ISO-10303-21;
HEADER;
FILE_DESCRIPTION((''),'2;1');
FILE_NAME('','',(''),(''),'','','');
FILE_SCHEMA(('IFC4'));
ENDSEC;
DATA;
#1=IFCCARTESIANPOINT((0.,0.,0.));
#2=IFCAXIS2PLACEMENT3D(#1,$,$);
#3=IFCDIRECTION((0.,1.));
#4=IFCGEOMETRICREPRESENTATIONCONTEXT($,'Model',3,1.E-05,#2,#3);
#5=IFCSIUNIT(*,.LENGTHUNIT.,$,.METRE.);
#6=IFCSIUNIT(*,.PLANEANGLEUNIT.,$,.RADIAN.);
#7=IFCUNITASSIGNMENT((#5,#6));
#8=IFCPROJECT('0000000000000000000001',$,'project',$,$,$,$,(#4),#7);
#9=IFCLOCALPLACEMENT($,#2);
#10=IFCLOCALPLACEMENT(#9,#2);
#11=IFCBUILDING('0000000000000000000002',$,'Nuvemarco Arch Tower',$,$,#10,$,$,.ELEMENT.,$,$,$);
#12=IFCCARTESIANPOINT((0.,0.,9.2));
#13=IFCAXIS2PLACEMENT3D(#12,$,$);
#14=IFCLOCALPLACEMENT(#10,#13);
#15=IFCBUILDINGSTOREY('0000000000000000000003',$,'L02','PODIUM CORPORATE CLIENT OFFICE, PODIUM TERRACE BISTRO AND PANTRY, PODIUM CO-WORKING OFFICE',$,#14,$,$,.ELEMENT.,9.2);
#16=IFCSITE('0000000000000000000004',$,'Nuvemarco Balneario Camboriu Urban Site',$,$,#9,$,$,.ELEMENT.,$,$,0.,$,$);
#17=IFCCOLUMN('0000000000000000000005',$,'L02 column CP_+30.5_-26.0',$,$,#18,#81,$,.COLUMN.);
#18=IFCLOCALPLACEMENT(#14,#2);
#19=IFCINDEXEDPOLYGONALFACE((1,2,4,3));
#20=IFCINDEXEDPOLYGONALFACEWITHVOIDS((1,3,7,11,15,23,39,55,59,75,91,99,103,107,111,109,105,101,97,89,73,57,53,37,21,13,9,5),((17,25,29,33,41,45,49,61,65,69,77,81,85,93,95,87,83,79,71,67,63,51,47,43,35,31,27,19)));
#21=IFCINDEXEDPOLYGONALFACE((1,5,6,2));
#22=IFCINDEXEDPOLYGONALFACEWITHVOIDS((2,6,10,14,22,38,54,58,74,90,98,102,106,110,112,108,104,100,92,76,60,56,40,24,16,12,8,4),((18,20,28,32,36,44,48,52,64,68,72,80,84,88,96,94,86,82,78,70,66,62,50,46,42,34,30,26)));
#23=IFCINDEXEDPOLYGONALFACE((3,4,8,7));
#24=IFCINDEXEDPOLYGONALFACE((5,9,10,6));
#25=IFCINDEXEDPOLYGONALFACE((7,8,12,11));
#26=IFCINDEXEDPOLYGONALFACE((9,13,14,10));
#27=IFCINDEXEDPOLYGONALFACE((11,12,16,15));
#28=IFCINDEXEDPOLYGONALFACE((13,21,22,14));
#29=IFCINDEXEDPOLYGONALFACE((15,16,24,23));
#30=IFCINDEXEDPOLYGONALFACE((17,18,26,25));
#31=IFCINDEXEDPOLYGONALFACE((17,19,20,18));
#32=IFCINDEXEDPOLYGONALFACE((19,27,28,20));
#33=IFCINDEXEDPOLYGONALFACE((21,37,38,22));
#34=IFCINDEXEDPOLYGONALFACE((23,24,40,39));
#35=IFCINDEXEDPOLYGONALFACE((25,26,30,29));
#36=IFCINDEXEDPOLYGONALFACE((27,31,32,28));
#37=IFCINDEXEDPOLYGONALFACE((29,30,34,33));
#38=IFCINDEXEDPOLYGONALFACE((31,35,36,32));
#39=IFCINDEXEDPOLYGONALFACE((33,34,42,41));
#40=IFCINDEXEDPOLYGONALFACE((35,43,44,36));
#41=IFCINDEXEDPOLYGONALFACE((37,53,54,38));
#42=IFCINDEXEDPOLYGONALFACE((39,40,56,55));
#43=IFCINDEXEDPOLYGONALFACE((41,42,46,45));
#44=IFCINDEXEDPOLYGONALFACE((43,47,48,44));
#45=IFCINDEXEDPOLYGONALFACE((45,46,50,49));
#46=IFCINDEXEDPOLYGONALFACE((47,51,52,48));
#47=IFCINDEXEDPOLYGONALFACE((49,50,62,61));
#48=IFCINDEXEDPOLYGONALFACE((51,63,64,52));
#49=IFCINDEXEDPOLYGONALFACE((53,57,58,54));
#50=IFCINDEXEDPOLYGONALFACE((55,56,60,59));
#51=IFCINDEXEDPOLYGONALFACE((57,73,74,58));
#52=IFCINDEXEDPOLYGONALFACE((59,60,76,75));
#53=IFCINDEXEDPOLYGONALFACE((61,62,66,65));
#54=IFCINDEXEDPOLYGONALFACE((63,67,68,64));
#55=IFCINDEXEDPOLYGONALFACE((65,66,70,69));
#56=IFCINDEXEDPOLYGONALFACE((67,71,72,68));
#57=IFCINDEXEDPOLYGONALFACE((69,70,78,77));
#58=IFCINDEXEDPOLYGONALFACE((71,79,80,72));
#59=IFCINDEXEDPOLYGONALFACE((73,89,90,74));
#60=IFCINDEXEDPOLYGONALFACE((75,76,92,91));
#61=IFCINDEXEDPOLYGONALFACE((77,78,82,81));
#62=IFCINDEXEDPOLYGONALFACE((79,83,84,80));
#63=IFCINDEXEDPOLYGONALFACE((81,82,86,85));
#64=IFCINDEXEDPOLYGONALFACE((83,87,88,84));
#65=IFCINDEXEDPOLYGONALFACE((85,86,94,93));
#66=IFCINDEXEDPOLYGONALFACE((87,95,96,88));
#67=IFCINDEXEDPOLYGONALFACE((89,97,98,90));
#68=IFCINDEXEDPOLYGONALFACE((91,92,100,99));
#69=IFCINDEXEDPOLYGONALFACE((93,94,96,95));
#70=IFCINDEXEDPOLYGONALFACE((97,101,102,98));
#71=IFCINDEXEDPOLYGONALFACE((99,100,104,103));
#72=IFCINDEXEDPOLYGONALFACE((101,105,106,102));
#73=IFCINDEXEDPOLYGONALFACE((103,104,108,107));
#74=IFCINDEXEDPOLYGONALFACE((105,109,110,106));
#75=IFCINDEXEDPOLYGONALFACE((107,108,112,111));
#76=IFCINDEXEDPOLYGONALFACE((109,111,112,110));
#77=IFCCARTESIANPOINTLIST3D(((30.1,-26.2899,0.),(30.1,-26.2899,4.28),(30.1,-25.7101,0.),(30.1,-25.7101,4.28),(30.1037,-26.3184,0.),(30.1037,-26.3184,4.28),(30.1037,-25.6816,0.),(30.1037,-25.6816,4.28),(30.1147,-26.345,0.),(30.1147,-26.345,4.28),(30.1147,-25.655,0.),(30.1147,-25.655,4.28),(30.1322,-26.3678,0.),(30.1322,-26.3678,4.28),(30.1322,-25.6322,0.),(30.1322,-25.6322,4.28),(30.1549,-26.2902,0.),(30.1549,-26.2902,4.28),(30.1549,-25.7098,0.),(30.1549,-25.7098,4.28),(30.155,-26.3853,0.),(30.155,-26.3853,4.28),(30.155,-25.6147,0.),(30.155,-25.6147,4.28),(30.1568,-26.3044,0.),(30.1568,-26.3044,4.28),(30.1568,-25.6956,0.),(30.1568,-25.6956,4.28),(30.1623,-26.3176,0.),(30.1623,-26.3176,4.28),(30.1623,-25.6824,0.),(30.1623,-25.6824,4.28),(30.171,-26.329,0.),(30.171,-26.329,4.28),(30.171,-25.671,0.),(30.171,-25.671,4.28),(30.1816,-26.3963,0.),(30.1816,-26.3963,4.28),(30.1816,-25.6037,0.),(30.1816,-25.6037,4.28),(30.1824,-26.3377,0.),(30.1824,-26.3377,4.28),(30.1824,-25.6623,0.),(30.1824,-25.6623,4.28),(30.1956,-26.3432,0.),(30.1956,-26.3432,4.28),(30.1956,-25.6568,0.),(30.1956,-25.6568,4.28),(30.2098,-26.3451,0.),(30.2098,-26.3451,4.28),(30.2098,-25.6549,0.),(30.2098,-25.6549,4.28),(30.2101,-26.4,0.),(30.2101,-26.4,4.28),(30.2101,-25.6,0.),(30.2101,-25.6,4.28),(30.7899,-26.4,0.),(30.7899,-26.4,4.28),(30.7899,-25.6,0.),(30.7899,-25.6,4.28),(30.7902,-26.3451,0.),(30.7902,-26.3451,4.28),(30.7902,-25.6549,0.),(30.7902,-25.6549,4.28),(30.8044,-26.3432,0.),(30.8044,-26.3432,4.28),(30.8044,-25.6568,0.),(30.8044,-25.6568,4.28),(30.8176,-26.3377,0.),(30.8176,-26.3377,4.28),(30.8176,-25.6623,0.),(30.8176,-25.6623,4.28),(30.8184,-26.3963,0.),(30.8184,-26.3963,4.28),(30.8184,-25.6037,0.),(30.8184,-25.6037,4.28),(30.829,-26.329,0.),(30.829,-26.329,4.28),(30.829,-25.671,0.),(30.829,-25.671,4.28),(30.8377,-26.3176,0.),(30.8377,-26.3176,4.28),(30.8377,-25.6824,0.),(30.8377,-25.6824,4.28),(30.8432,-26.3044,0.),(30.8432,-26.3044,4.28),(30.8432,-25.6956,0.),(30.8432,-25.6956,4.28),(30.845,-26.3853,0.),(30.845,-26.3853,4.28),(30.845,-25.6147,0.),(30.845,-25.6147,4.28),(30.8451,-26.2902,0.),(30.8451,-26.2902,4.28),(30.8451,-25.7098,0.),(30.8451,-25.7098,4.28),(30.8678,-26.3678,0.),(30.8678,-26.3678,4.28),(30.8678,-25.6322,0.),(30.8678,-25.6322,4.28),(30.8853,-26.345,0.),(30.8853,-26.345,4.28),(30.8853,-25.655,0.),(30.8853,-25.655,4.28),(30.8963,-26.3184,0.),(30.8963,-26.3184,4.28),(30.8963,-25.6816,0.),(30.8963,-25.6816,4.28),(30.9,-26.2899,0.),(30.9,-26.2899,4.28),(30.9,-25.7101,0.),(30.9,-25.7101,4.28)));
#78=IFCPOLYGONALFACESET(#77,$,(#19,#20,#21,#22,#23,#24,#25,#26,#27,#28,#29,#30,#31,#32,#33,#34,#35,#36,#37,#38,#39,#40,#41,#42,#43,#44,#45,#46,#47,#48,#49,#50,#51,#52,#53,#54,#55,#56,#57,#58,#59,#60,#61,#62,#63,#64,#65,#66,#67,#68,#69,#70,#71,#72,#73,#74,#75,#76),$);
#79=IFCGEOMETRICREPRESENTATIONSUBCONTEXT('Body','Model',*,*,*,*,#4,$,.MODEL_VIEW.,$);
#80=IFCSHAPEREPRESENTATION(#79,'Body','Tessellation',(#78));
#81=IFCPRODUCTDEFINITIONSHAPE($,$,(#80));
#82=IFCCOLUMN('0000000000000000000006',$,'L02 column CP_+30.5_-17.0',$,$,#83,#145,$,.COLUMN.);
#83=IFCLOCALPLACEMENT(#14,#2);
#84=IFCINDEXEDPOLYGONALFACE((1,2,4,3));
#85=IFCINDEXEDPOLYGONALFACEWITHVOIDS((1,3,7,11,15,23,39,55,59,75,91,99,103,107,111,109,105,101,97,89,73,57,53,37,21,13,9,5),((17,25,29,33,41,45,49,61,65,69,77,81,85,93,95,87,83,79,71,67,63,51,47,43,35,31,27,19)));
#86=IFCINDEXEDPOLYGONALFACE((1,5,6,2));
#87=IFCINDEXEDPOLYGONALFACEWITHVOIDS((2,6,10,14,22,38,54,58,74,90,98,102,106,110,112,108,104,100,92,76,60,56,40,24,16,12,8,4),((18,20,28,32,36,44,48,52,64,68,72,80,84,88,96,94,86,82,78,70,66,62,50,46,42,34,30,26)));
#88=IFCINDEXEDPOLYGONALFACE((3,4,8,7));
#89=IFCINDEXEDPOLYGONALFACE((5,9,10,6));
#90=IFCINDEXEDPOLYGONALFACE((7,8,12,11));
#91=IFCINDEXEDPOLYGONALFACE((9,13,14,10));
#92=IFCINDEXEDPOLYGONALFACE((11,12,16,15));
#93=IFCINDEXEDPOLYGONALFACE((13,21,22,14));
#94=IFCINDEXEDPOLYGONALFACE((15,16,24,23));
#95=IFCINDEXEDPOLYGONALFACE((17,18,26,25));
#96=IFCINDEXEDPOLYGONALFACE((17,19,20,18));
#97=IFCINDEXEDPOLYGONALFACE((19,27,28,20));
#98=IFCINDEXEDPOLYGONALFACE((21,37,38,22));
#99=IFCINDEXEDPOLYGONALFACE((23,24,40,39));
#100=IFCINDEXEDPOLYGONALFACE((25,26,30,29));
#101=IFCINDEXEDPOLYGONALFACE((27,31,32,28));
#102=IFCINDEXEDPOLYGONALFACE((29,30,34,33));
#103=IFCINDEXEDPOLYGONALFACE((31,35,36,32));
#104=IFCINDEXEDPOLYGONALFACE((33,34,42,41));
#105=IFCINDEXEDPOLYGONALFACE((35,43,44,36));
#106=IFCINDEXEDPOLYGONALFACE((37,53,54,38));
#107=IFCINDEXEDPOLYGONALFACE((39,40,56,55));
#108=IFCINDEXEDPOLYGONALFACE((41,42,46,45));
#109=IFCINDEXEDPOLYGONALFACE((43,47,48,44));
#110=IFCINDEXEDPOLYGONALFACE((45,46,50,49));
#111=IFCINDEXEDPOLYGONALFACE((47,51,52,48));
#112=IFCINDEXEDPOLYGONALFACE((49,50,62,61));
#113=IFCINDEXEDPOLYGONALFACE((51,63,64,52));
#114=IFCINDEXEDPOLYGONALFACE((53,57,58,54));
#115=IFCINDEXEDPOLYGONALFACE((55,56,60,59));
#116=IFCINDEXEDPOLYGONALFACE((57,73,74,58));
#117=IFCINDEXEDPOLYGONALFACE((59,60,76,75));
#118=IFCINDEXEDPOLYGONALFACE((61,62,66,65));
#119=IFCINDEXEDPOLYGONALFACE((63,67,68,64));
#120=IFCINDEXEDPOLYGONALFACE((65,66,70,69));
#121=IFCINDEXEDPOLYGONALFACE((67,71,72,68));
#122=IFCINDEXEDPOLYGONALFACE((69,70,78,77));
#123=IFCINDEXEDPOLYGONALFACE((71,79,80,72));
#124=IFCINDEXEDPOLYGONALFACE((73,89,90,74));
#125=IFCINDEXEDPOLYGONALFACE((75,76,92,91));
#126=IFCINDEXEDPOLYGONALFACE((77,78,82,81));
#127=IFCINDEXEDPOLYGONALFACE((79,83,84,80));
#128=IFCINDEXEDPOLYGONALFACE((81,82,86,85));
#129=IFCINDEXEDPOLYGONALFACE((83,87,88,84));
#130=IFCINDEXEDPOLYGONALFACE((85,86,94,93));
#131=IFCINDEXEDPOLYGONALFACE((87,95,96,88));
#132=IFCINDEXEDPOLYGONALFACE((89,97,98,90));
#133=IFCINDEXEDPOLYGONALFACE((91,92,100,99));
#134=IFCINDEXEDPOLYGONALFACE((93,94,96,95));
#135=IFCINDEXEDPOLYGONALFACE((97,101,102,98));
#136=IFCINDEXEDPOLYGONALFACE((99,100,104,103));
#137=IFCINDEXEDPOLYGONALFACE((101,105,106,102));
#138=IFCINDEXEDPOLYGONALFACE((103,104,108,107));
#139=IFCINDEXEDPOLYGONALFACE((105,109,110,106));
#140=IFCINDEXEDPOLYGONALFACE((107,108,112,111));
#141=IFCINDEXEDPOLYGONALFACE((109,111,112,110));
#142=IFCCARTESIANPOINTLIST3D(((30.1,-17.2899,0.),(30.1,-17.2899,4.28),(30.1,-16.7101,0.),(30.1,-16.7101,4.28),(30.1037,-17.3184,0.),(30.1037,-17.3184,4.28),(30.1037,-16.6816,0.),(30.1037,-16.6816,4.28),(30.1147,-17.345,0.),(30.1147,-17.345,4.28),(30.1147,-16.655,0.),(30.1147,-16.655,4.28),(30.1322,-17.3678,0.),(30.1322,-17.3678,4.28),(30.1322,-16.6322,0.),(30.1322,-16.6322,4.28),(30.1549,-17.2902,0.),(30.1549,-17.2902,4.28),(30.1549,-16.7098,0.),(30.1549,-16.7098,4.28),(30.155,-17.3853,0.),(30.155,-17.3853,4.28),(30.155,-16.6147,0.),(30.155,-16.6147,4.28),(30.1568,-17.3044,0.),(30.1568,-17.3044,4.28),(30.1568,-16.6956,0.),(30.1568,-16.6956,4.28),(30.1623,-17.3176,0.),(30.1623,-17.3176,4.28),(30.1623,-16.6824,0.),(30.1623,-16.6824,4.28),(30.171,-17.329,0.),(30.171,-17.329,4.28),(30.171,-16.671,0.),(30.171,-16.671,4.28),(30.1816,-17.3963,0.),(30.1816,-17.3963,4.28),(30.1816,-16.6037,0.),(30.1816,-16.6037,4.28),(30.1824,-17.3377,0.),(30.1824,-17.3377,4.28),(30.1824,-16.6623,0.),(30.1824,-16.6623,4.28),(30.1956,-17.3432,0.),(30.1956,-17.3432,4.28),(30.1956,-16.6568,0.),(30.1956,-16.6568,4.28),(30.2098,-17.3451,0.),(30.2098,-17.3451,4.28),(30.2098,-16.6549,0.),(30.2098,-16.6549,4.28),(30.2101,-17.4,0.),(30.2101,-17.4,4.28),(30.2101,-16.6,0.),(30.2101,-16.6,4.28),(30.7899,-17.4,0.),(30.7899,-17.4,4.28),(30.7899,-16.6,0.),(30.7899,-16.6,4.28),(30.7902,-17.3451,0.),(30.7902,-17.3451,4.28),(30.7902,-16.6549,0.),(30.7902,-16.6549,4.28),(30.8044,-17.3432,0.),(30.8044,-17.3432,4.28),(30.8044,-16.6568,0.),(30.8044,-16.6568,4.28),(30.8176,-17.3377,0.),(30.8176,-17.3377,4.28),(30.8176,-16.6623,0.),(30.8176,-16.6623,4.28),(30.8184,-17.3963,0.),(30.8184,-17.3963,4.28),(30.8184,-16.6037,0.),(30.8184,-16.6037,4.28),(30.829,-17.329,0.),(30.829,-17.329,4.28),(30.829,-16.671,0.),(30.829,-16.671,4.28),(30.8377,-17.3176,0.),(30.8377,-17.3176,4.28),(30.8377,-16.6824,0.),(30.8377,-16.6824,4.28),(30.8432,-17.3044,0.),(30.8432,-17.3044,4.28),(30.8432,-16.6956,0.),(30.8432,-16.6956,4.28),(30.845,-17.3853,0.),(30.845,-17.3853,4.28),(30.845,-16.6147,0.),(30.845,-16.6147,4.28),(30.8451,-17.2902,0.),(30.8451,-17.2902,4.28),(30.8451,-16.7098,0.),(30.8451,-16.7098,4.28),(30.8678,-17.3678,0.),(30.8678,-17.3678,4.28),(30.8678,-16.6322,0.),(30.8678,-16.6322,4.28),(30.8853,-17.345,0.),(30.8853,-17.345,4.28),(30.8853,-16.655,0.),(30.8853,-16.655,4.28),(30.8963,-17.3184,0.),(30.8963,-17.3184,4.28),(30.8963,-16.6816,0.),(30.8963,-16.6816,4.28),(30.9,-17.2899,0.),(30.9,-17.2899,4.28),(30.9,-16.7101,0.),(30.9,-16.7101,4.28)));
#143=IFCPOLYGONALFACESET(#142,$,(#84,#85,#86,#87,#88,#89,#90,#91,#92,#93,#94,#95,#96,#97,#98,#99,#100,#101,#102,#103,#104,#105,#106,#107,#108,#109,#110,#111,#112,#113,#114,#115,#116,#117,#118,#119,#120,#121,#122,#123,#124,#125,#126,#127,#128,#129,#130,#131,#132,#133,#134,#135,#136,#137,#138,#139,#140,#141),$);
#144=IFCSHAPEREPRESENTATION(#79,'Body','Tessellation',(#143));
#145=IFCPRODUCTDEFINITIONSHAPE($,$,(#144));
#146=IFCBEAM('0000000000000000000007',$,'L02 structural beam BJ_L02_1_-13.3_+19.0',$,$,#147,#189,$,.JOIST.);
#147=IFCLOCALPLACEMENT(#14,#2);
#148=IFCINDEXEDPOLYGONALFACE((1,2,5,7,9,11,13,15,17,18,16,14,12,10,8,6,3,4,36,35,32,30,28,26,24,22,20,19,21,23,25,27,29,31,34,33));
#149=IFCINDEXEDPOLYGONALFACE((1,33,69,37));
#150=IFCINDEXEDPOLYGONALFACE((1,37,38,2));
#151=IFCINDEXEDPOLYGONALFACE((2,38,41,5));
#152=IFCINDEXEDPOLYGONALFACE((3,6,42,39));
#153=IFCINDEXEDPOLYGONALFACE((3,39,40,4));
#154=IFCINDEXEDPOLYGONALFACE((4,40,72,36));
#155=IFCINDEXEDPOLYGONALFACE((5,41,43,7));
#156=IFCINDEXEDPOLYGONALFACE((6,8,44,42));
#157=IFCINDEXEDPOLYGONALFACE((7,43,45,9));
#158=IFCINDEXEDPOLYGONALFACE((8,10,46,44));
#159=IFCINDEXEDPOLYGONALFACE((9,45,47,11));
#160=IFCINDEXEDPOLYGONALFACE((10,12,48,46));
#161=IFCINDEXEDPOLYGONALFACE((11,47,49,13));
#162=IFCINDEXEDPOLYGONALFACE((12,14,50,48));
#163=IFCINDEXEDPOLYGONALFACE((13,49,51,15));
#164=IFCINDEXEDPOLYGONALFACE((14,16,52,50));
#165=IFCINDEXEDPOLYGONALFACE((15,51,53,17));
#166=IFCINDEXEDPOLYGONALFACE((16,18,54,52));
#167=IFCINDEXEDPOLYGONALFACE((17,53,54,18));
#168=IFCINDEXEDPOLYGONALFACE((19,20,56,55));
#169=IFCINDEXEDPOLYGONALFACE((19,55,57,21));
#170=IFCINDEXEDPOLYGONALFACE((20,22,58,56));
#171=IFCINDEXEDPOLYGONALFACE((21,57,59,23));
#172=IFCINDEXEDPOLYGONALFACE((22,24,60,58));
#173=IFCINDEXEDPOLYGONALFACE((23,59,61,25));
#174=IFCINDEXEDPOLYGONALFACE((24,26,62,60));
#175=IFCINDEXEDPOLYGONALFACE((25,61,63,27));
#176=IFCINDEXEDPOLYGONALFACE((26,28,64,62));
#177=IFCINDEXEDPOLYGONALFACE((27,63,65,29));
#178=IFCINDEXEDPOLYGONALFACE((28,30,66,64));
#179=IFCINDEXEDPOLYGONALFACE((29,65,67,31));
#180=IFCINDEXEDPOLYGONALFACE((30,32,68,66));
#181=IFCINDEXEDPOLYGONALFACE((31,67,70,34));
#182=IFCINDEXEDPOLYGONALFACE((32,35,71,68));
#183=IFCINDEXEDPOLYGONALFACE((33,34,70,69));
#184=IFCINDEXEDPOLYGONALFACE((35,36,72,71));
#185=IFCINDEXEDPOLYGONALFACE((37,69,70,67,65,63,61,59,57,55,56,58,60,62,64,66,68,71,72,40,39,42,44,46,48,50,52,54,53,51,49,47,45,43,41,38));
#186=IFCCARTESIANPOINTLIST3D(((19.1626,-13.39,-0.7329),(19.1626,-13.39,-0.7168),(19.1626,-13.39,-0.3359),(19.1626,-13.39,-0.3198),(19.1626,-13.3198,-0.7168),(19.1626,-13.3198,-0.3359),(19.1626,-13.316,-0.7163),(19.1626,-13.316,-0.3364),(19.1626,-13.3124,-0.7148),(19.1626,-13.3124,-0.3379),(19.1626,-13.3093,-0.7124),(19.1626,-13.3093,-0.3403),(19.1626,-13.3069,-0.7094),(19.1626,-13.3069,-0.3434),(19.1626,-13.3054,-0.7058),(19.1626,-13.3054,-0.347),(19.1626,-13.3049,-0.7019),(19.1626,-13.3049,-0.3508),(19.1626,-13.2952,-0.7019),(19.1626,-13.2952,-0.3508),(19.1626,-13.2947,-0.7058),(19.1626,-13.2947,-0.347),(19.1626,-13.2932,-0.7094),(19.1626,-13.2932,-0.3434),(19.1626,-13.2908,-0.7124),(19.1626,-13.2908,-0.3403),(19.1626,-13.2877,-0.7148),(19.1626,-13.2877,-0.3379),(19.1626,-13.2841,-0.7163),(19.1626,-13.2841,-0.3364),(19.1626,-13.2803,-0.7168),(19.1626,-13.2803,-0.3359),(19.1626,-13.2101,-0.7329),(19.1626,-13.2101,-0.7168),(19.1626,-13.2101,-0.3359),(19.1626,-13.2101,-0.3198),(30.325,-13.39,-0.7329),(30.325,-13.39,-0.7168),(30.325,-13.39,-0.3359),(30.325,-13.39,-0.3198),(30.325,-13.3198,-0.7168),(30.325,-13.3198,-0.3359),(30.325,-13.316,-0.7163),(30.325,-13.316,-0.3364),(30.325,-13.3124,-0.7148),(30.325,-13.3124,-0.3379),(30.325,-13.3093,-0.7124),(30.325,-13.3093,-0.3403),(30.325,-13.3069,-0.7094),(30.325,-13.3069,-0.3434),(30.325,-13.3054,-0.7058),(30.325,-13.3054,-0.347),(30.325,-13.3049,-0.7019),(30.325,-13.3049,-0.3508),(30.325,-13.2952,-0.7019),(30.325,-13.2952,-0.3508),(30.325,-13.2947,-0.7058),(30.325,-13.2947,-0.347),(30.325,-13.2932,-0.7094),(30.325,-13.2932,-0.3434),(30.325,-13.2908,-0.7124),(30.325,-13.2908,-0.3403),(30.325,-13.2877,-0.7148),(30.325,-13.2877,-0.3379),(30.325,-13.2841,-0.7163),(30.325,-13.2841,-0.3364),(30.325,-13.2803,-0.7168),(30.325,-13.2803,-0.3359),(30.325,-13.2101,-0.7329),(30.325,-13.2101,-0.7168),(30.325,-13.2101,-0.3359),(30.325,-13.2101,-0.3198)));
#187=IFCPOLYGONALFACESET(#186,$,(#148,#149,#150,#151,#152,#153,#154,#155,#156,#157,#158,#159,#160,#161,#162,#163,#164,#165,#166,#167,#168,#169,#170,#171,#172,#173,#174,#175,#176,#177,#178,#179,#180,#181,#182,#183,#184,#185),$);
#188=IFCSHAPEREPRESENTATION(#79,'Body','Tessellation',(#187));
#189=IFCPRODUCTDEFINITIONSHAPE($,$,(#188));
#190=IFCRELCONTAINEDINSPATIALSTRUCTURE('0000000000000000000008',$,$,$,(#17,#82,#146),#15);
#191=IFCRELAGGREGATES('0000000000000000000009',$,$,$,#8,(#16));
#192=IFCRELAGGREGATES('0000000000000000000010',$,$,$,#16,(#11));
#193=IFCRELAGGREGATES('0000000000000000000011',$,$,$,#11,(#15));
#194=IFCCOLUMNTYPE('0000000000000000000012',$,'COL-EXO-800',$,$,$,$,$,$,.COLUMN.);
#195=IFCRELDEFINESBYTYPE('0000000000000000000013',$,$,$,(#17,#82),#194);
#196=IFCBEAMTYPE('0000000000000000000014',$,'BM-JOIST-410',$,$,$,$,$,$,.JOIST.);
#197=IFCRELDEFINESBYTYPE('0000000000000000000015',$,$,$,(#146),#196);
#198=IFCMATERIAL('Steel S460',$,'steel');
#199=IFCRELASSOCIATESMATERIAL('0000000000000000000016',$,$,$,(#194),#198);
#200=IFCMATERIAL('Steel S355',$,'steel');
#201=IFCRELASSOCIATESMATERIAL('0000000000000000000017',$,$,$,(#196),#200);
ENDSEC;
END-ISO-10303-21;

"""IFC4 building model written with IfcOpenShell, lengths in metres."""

from ifc_helpers import new_model, si_unit, direction, frame, origin, origin_2d, place, context, subcontext, project, spatial, hollow_rectangle, i_section, extrude, material, material_profile, profile_set, type_object, element, save


model = new_model("IFC4")

# Units and contexts
model_context = context("Model", 3, precision=1e-05, world=origin(), true_north=direction((0.0, 1.0)))
body_context = subcontext(model_context, "Body", "Model", "MODEL_VIEW")
ifc_project = project(units=[si_unit("LENGTHUNIT", "METRE"), si_unit("PLANEANGLEUNIT", "RADIAN")], contexts=[model_context])

# Site, building, storey
site_placement = place(None, origin())
site = spatial("IfcSite", under=ifc_project, at=site_placement, Name="Nuvemarco Balneario Camboriu Urban Site", CompositionType="ELEMENT", RefElevation=0.0)
building_placement = place(site_placement, origin())
building = spatial("IfcBuilding", under=site, at=building_placement, Name="Nuvemarco Arch Tower", CompositionType="ELEMENT")
storey_placement = place(building_placement, frame((0.0, 0.0, 9.2)))
storey = spatial("IfcBuildingStorey", under=building, at=storey_placement, Name="L02", Description="PODIUM CORPORATE CLIENT OFFICE, PODIUM TERRACE BISTRO AND PANTRY, PODIUM CO-WORKING OFFICE", CompositionType="ELEMENT", Elevation=9.2)

# Columns
ifc_material_1 = material(Name="Steel S460", Category="steel")
ifc_material_profile_1 = material_profile(ifc_material_1, hollow_rectangle(XDim=0.8, YDim=0.8, WallThickness=0.0549, InnerFilletRadius=0.0549, OuterFilletRadius=0.1101, at=origin_2d()), Name="SHS800x800x55")
ifc_profile_set_1 = profile_set([ifc_material_profile_1], Name="Steel S460")
column_type = type_object("IfcColumnType", Name="COL-EXO-800", PredefinedType="COLUMN", material=ifc_profile_set_1)
for number, where, z_axis, x_axis, name in (
    (1, (30.5, -26.0, 0.0), (0.0, 0.0, 1.0), (1.0, 0.0, 0.0), "L02 column CP_+30.5_-26.0"),
    (2, (30.5, -17.0, 0.0), (0.0, 0.0, 1.0), (1.0, 0.0, 0.0), "L02 column CP_+30.5_-17.0"),
):
    element("IfcColumn", number, at=place(storey_placement, frame(where, z_axis=z_axis, x_axis=x_axis)), inside=storey, type_object=column_type, Name=name, PredefinedType="COLUMN", context=body_context, shape_type="SweptSolid", body=[
        extrude(hollow_rectangle(XDim=0.8, YDim=0.8, WallThickness=0.0549, InnerFilletRadius=0.0549, OuterFilletRadius=0.1101, at=origin_2d()), origin(), (0.0, 0.0, 1.0), 4.28),
    ])

# Beam
ifc_material_2 = material(Name="Steel S355", Category="steel")
ifc_material_profile_2 = material_profile(ifc_material_2, i_section(OverallWidth=0.1799, OverallDepth=0.4131, WebThickness=0.0098, FlangeThickness=0.0161, FilletRadius=0.0149, at=origin_2d()), Name="W410x75")
ifc_profile_set_2 = profile_set([ifc_material_profile_2], Name="Steel S355")
beam_type_1 = type_object("IfcBeamType", Name="BM-JOIST-410", PredefinedType="JOIST", material=ifc_profile_set_2)
beam_1_placement = place(storey_placement, frame((19.1626, -13.3, -0.5264), z_axis=(1.0, 0.0, 0.0), x_axis=(0.0, 1.0, 0.0)))
element("IfcBeam", 3, at=beam_1_placement, inside=storey, type_object=beam_type_1, Name="L02 structural beam BJ_L02_1_-13.3_+19.0", PredefinedType="JOIST", context=body_context, shape_type="SweptSolid", body=[
    extrude(i_section(OverallWidth=0.1799, OverallDepth=0.4131, WebThickness=0.0098, FlangeThickness=0.0161, FilletRadius=0.0149, at=origin_2d()), origin(), (0.0, 0.0, 1.0), 11.1624),
])

save(model, "model.ifc")
